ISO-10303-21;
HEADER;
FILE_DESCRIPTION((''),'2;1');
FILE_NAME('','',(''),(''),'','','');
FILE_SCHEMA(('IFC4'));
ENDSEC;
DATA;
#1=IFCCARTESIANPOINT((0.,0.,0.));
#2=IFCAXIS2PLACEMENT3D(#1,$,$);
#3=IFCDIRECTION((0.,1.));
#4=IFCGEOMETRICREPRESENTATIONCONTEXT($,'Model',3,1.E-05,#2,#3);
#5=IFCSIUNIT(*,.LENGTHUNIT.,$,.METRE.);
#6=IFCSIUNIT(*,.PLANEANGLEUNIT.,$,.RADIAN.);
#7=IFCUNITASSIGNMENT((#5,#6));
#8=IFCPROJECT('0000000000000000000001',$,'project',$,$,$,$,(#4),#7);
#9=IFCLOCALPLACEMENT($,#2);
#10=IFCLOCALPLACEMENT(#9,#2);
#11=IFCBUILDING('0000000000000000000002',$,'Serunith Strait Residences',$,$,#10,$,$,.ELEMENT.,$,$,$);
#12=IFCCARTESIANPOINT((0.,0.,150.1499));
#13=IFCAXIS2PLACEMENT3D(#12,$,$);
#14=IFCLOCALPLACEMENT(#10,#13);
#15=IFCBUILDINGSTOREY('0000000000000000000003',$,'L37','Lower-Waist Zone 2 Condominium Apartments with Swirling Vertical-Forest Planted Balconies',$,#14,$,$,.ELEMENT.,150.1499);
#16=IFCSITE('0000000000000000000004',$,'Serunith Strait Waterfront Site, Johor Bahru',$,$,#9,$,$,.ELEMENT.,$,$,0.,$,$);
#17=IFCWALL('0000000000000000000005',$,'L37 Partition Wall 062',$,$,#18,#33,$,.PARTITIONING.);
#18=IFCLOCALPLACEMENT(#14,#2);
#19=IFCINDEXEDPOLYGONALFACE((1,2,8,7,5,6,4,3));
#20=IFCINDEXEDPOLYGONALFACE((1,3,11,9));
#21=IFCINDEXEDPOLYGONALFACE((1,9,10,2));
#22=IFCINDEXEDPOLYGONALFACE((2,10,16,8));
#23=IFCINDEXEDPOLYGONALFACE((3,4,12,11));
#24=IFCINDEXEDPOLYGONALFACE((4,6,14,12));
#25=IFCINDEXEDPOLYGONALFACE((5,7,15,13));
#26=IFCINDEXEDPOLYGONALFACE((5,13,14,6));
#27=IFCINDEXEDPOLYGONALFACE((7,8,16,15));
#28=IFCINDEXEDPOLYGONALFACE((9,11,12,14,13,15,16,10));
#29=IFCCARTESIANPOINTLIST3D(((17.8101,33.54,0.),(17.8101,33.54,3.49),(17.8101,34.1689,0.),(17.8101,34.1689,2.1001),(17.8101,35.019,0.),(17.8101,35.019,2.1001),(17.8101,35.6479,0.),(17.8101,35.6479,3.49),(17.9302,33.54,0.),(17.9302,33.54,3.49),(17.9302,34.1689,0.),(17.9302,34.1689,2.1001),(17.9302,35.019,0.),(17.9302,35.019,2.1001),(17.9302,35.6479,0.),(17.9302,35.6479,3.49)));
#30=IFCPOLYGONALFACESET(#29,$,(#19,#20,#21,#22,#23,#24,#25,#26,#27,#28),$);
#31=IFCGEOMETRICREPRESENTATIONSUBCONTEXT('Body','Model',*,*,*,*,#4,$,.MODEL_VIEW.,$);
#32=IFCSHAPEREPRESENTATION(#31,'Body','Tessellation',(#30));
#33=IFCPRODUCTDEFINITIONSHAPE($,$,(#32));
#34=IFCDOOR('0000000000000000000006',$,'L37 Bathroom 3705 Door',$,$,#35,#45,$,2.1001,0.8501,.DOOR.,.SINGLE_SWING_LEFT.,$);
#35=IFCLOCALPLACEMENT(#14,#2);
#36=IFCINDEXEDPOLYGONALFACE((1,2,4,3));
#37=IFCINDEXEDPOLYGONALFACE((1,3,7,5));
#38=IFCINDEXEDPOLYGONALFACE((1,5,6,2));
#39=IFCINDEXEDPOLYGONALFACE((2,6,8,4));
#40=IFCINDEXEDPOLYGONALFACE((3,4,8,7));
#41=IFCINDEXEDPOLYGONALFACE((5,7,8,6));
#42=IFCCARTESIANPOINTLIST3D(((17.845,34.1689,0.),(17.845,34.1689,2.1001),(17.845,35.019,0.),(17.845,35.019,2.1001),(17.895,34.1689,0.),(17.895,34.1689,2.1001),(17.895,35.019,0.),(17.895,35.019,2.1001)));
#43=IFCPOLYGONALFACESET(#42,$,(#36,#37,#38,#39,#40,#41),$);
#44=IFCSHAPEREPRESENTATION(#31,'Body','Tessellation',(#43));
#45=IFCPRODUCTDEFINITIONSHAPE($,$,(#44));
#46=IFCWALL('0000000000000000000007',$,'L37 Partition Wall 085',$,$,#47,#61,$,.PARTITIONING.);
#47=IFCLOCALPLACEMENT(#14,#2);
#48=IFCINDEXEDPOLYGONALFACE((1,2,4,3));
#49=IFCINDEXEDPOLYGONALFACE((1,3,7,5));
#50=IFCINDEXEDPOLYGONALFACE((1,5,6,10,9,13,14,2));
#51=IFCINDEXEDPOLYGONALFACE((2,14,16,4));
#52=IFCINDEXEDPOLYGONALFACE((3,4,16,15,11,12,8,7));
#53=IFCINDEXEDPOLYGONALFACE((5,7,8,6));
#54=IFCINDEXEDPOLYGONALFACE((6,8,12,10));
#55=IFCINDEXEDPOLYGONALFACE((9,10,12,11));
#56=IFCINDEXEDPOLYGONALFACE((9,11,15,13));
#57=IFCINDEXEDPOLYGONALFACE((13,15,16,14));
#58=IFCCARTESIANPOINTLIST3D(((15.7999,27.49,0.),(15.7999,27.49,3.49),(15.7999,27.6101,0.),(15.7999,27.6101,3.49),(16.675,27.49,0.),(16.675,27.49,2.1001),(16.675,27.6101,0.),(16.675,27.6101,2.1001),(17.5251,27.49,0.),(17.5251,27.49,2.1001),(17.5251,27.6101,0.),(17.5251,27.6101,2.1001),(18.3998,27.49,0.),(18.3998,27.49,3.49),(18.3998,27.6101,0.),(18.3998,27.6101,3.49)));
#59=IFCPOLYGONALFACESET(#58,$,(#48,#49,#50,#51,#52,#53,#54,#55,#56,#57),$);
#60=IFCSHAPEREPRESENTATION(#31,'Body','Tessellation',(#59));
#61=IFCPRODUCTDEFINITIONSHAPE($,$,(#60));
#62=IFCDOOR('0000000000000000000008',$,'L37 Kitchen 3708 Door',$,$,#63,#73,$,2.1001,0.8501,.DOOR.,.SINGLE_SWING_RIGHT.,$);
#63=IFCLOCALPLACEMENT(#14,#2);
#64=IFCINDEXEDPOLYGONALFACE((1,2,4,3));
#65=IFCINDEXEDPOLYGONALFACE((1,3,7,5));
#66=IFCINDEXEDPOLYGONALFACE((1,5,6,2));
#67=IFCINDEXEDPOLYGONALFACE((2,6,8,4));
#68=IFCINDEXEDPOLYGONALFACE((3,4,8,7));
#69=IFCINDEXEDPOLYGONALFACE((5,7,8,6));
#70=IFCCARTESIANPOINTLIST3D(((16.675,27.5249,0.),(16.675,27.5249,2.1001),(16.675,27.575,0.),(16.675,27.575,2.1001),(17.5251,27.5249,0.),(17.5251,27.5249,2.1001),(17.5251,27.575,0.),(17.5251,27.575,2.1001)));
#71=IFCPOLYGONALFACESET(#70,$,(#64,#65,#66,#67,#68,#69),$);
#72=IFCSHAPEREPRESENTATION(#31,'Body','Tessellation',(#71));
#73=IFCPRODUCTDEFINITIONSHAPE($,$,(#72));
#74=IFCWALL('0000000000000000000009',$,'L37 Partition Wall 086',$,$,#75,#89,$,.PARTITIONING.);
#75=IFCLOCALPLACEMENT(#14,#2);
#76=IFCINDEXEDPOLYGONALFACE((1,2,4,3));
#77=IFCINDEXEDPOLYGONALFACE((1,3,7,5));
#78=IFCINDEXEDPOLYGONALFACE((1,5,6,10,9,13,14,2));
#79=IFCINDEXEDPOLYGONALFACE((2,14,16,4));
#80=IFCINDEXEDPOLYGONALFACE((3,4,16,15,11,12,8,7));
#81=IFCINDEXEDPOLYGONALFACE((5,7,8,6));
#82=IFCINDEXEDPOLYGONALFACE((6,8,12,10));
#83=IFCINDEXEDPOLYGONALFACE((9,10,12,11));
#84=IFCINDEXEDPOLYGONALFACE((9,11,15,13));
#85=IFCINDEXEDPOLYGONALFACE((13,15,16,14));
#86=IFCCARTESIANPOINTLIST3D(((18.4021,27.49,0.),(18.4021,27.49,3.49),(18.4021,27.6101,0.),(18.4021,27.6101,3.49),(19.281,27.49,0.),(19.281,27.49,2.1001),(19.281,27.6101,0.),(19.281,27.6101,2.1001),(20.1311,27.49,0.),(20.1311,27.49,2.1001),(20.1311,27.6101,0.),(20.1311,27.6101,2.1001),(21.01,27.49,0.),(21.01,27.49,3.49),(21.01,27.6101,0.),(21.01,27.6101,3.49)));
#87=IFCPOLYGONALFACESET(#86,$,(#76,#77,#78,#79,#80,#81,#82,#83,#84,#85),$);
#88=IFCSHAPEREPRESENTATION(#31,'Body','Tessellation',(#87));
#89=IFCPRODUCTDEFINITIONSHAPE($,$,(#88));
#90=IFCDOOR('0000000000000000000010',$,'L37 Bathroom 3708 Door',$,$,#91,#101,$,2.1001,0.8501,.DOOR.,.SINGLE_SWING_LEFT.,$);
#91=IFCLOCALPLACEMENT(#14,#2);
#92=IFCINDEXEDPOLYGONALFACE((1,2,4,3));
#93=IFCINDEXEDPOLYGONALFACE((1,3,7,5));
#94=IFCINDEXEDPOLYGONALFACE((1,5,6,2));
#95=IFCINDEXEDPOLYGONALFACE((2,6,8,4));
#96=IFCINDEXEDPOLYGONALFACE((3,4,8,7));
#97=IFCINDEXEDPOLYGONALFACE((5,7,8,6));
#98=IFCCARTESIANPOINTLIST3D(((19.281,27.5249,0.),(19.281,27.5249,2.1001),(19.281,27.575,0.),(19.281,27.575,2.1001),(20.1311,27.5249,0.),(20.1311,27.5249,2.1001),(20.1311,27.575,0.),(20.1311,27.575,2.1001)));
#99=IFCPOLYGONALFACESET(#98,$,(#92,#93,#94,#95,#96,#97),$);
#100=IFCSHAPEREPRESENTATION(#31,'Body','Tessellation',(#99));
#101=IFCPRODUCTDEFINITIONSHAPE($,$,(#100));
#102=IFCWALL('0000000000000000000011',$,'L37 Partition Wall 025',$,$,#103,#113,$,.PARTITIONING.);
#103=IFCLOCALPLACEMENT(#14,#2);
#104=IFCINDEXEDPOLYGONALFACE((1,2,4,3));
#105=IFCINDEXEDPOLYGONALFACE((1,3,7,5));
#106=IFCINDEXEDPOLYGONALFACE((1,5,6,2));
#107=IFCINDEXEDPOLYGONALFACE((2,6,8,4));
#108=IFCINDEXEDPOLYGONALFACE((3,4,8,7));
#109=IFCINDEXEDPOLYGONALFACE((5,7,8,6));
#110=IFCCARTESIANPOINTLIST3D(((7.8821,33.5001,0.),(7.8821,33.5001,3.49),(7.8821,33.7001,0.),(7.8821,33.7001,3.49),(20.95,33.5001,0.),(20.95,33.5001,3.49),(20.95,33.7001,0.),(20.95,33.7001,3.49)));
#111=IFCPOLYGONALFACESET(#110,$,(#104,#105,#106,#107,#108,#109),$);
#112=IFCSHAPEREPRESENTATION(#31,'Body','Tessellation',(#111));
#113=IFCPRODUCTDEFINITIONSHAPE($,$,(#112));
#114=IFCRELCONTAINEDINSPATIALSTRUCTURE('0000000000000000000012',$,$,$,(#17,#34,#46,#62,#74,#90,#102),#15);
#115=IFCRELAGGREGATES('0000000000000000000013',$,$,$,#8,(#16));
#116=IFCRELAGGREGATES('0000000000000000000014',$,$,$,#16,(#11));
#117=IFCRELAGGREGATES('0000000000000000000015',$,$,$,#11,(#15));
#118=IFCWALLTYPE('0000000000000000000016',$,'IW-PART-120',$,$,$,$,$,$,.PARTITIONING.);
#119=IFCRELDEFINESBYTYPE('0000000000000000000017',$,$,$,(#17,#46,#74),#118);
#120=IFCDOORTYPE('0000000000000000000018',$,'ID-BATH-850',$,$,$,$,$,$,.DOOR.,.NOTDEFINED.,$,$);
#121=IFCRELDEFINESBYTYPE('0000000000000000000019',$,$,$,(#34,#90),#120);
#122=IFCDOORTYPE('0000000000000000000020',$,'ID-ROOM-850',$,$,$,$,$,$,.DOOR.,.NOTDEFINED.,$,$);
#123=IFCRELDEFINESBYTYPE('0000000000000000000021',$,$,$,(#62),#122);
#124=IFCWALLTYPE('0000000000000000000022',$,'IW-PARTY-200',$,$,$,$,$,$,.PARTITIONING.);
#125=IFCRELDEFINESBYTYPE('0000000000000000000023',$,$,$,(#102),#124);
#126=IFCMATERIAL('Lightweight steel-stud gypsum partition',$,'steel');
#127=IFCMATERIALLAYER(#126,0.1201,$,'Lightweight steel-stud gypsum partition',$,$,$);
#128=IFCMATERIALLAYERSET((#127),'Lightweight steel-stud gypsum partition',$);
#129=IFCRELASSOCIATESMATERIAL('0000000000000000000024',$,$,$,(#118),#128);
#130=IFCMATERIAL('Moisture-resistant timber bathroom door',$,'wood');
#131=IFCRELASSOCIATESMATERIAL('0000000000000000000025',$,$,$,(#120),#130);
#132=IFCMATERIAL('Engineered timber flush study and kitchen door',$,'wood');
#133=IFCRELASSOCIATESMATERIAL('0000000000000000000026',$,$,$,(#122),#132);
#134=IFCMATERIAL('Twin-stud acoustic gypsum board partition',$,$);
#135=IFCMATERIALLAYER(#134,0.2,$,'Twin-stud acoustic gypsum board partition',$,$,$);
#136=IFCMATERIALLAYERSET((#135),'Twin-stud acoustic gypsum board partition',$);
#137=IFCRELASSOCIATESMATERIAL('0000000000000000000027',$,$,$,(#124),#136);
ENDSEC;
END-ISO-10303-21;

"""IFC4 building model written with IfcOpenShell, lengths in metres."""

from ifc_helpers import new_model, si_unit, direction, frame, frame_2d, origin, place, context, subcontext, project, spatial, rectangle, extrude, source, transform, mapped, material, layer, layer_set, type_object, element, fill, save


model = new_model("IFC4")

# Units and contexts
model_context = context("Model", 3, precision=1e-05, world=origin(), true_north=direction((0.0, 1.0)))
body_context = subcontext(model_context, "Body", "Model", "MODEL_VIEW")
ifc_project = project(units=[si_unit("LENGTHUNIT", "METRE"), si_unit("PLANEANGLEUNIT", "RADIAN")], contexts=[model_context])

# Site, building, storey
site_placement = place(None, origin())
site = spatial("IfcSite", under=ifc_project, at=site_placement, Name="Serunith Strait Waterfront Site, Johor Bahru", CompositionType="ELEMENT", RefElevation=0.0)
building_placement = place(site_placement, origin())
building = spatial("IfcBuilding", under=site, at=building_placement, Name="Serunith Strait Residences", CompositionType="ELEMENT")
storey_placement = place(building_placement, frame((0.0, 0.0, 150.1499)))
storey = spatial("IfcBuildingStorey", under=building, at=storey_placement, Name="L37", Description="Lower-Waist Zone 2 Condominium Apartments with Swirling Vertical-Forest Planted Balconies", CompositionType="ELEMENT", Elevation=150.1499)

# Shared definitions
ifc_material_1 = material(Name="Lightweight steel-stud gypsum partition", Category="steel")
ifc_layer_1 = layer(ifc_material_1, 0.1201, Name="Lightweight steel-stud gypsum partition")
ifc_layer_set_1 = layer_set([ifc_layer_1], Name="Lightweight steel-stud gypsum partition")
wall_type_1 = type_object("IfcWallType", Name="IW-PART-120", PredefinedType="PARTITIONING", material=ifc_layer_set_1)

# Walls, openings, doors
wall_1_placement = place(storey_placement, frame((17.8701, 35.6479, 0.0), z_axis=(0.0, 0.0, 1.0), x_axis=(0.0, -1.0, 0.0)))
wall_1 = element("IfcWall", 1, at=wall_1_placement, inside=storey, type_object=wall_type_1, Name="L37 Partition Wall 062", PredefinedType="PARTITIONING", context=body_context, shape_type="SweptSolid", body=[
    extrude(rectangle(XDim=2.1079, YDim=0.1201, at=frame_2d((1.054, 0.0))), origin(), (0.0, 0.0, 1.0), 3.49),
])
opening_1_placement = place(wall_1_placement, frame((0.6289, 0.0, 0.0)))
opening_1 = element("IfcOpeningElement", 2, at=opening_1_placement, cuts=wall_1, PredefinedType="OPENING", context=body_context, shape_type="SweptSolid", body=[
    extrude(rectangle(XDim=0.8501, YDim=2.1001, at=frame_2d((0.425, 1.05))), frame((0.0, 0.0701, 0.0), z_axis=(0.0, -1.0, 0.0), x_axis=(1.0, 0.0, 0.0)), (0.0, 0.0, 1.0), 0.1401),
])
ifc_material_2 = material(Name="Moisture-resistant timber bathroom door", Category="wood")
door_type_1 = type_object("IfcDoorType", Name="ID-BATH-850", OperationType="NOTDEFINED", PredefinedType="DOOR", material=ifc_material_2)
shared_shape_1 = source(origin(), body_context, "Body", "SweptSolid", [
    extrude(rectangle(XDim=0.8501, YDim=2.1001, at=frame_2d((0.425, 1.05))), frame((0.0, 0.0249, 0.0), z_axis=(0.0, -1.0, 0.0), x_axis=(1.0, 0.0, 0.0)), (0.0, 0.0, 1.0), 0.05),
])
door_1_placement = place(opening_1_placement, origin())
door_1 = element("IfcDoor", 3, at=door_1_placement, inside=storey, type_object=door_type_1, Name="L37 Bathroom 3705 Door", OperationType="SINGLE_SWING_LEFT", OverallHeight=2.1001, OverallWidth=0.8501, PredefinedType="DOOR", context=body_context, shape_type="MappedRepresentation", body=[
    mapped(shared_shape_1, transform((0.0, 0.0, 0.0), scale=1.0)),
])
fill(opening_1, door_1)
wall_2_placement = place(storey_placement, frame((15.8, 27.55, 0.0), z_axis=(0.0, 0.0, 1.0), x_axis=(1.0, 0.0, 0.0)))
wall_2 = element("IfcWall", 4, at=wall_2_placement, inside=storey, type_object=wall_type_1, Name="L37 Partition Wall 085", PredefinedType="PARTITIONING", context=body_context, shape_type="SweptSolid", body=[
    extrude(rectangle(XDim=2.5999, YDim=0.1201, at=frame_2d((1.2998, 0.0))), origin(), (0.0, 0.0, 1.0), 3.49),
])
opening_2_placement = place(wall_2_placement, frame((0.875, 0.0, 0.0)))
opening_2 = element("IfcOpeningElement", 5, at=opening_2_placement, cuts=wall_2, PredefinedType="OPENING", context=body_context, shape_type="SweptSolid", body=[
    extrude(rectangle(XDim=0.8501, YDim=2.1001, at=frame_2d((0.425, 1.05))), frame((0.0, 0.0701, 0.0), z_axis=(0.0, -1.0, 0.0), x_axis=(1.0, 0.0, 0.0)), (0.0, 0.0, 1.0), 0.1401),
])
ifc_material_3 = material(Name="Engineered timber flush study and kitchen door", Category="wood")
door_type_2 = type_object("IfcDoorType", Name="ID-ROOM-850", OperationType="NOTDEFINED", PredefinedType="DOOR", material=ifc_material_3)
door_2_placement = place(opening_2_placement, origin())
door_2 = element("IfcDoor", 6, at=door_2_placement, inside=storey, type_object=door_type_2, Name="L37 Kitchen 3708 Door", OperationType="SINGLE_SWING_RIGHT", OverallHeight=2.1001, OverallWidth=0.8501, PredefinedType="DOOR", context=body_context, shape_type="MappedRepresentation", body=[
    mapped(shared_shape_1, transform((0.0, 0.0, 0.0), scale=1.0)),
])
fill(opening_2, door_2)
wall_3_placement = place(storey_placement, frame((18.4021, 27.55, 0.0), z_axis=(0.0, 0.0, 1.0), x_axis=(1.0, 0.0, 0.0)))
wall_3 = element("IfcWall", 7, at=wall_3_placement, inside=storey, type_object=wall_type_1, Name="L37 Partition Wall 086", PredefinedType="PARTITIONING", context=body_context, shape_type="SweptSolid", body=[
    extrude(rectangle(XDim=2.6079, YDim=0.1201, at=frame_2d((1.304, 0.0))), origin(), (0.0, 0.0, 1.0), 3.49),
])
opening_3_placement = place(wall_3_placement, frame((0.8789, 0.0, 0.0)))
opening_3 = element("IfcOpeningElement", 8, at=opening_3_placement, cuts=wall_3, PredefinedType="OPENING", context=body_context, shape_type="SweptSolid", body=[
    extrude(rectangle(XDim=0.8501, YDim=2.1001, at=frame_2d((0.425, 1.05))), frame((0.0, 0.0701, 0.0), z_axis=(0.0, -1.0, 0.0), x_axis=(1.0, 0.0, 0.0)), (0.0, 0.0, 1.0), 0.1401),
])
door_3_placement = place(opening_3_placement, origin())
door_3 = element("IfcDoor", 9, at=door_3_placement, inside=storey, type_object=door_type_1, Name="L37 Bathroom 3708 Door", OperationType="SINGLE_SWING_LEFT", OverallHeight=2.1001, OverallWidth=0.8501, PredefinedType="DOOR", context=body_context, shape_type="MappedRepresentation", body=[
    mapped(shared_shape_1, transform((0.0, 0.0, 0.0), scale=1.0)),
])
fill(opening_3, door_3)

# Wall
ifc_material_4 = material(Name="Twin-stud acoustic gypsum board partition")
ifc_layer_2 = layer(ifc_material_4, 0.2, Name="Twin-stud acoustic gypsum board partition")
ifc_layer_set_2 = layer_set([ifc_layer_2], Name="Twin-stud acoustic gypsum board partition")
wall_type_2 = type_object("IfcWallType", Name="IW-PARTY-200", PredefinedType="PARTITIONING", material=ifc_layer_set_2)
wall_4_placement = place(storey_placement, frame((7.8821, 33.6001, 0.0), z_axis=(0.0, 0.0, 1.0), x_axis=(1.0, 0.0, 0.0)))
element("IfcWall", 10, at=wall_4_placement, inside=storey, type_object=wall_type_2, Name="L37 Partition Wall 025", PredefinedType="PARTITIONING", context=body_context, shape_type="SweptSolid", body=[
    extrude(rectangle(XDim=13.0679, YDim=0.2, at=frame_2d((6.5339, 0.0))), origin(), (0.0, 0.0, 1.0), 3.49),
])

save(model, "model.ifc")
